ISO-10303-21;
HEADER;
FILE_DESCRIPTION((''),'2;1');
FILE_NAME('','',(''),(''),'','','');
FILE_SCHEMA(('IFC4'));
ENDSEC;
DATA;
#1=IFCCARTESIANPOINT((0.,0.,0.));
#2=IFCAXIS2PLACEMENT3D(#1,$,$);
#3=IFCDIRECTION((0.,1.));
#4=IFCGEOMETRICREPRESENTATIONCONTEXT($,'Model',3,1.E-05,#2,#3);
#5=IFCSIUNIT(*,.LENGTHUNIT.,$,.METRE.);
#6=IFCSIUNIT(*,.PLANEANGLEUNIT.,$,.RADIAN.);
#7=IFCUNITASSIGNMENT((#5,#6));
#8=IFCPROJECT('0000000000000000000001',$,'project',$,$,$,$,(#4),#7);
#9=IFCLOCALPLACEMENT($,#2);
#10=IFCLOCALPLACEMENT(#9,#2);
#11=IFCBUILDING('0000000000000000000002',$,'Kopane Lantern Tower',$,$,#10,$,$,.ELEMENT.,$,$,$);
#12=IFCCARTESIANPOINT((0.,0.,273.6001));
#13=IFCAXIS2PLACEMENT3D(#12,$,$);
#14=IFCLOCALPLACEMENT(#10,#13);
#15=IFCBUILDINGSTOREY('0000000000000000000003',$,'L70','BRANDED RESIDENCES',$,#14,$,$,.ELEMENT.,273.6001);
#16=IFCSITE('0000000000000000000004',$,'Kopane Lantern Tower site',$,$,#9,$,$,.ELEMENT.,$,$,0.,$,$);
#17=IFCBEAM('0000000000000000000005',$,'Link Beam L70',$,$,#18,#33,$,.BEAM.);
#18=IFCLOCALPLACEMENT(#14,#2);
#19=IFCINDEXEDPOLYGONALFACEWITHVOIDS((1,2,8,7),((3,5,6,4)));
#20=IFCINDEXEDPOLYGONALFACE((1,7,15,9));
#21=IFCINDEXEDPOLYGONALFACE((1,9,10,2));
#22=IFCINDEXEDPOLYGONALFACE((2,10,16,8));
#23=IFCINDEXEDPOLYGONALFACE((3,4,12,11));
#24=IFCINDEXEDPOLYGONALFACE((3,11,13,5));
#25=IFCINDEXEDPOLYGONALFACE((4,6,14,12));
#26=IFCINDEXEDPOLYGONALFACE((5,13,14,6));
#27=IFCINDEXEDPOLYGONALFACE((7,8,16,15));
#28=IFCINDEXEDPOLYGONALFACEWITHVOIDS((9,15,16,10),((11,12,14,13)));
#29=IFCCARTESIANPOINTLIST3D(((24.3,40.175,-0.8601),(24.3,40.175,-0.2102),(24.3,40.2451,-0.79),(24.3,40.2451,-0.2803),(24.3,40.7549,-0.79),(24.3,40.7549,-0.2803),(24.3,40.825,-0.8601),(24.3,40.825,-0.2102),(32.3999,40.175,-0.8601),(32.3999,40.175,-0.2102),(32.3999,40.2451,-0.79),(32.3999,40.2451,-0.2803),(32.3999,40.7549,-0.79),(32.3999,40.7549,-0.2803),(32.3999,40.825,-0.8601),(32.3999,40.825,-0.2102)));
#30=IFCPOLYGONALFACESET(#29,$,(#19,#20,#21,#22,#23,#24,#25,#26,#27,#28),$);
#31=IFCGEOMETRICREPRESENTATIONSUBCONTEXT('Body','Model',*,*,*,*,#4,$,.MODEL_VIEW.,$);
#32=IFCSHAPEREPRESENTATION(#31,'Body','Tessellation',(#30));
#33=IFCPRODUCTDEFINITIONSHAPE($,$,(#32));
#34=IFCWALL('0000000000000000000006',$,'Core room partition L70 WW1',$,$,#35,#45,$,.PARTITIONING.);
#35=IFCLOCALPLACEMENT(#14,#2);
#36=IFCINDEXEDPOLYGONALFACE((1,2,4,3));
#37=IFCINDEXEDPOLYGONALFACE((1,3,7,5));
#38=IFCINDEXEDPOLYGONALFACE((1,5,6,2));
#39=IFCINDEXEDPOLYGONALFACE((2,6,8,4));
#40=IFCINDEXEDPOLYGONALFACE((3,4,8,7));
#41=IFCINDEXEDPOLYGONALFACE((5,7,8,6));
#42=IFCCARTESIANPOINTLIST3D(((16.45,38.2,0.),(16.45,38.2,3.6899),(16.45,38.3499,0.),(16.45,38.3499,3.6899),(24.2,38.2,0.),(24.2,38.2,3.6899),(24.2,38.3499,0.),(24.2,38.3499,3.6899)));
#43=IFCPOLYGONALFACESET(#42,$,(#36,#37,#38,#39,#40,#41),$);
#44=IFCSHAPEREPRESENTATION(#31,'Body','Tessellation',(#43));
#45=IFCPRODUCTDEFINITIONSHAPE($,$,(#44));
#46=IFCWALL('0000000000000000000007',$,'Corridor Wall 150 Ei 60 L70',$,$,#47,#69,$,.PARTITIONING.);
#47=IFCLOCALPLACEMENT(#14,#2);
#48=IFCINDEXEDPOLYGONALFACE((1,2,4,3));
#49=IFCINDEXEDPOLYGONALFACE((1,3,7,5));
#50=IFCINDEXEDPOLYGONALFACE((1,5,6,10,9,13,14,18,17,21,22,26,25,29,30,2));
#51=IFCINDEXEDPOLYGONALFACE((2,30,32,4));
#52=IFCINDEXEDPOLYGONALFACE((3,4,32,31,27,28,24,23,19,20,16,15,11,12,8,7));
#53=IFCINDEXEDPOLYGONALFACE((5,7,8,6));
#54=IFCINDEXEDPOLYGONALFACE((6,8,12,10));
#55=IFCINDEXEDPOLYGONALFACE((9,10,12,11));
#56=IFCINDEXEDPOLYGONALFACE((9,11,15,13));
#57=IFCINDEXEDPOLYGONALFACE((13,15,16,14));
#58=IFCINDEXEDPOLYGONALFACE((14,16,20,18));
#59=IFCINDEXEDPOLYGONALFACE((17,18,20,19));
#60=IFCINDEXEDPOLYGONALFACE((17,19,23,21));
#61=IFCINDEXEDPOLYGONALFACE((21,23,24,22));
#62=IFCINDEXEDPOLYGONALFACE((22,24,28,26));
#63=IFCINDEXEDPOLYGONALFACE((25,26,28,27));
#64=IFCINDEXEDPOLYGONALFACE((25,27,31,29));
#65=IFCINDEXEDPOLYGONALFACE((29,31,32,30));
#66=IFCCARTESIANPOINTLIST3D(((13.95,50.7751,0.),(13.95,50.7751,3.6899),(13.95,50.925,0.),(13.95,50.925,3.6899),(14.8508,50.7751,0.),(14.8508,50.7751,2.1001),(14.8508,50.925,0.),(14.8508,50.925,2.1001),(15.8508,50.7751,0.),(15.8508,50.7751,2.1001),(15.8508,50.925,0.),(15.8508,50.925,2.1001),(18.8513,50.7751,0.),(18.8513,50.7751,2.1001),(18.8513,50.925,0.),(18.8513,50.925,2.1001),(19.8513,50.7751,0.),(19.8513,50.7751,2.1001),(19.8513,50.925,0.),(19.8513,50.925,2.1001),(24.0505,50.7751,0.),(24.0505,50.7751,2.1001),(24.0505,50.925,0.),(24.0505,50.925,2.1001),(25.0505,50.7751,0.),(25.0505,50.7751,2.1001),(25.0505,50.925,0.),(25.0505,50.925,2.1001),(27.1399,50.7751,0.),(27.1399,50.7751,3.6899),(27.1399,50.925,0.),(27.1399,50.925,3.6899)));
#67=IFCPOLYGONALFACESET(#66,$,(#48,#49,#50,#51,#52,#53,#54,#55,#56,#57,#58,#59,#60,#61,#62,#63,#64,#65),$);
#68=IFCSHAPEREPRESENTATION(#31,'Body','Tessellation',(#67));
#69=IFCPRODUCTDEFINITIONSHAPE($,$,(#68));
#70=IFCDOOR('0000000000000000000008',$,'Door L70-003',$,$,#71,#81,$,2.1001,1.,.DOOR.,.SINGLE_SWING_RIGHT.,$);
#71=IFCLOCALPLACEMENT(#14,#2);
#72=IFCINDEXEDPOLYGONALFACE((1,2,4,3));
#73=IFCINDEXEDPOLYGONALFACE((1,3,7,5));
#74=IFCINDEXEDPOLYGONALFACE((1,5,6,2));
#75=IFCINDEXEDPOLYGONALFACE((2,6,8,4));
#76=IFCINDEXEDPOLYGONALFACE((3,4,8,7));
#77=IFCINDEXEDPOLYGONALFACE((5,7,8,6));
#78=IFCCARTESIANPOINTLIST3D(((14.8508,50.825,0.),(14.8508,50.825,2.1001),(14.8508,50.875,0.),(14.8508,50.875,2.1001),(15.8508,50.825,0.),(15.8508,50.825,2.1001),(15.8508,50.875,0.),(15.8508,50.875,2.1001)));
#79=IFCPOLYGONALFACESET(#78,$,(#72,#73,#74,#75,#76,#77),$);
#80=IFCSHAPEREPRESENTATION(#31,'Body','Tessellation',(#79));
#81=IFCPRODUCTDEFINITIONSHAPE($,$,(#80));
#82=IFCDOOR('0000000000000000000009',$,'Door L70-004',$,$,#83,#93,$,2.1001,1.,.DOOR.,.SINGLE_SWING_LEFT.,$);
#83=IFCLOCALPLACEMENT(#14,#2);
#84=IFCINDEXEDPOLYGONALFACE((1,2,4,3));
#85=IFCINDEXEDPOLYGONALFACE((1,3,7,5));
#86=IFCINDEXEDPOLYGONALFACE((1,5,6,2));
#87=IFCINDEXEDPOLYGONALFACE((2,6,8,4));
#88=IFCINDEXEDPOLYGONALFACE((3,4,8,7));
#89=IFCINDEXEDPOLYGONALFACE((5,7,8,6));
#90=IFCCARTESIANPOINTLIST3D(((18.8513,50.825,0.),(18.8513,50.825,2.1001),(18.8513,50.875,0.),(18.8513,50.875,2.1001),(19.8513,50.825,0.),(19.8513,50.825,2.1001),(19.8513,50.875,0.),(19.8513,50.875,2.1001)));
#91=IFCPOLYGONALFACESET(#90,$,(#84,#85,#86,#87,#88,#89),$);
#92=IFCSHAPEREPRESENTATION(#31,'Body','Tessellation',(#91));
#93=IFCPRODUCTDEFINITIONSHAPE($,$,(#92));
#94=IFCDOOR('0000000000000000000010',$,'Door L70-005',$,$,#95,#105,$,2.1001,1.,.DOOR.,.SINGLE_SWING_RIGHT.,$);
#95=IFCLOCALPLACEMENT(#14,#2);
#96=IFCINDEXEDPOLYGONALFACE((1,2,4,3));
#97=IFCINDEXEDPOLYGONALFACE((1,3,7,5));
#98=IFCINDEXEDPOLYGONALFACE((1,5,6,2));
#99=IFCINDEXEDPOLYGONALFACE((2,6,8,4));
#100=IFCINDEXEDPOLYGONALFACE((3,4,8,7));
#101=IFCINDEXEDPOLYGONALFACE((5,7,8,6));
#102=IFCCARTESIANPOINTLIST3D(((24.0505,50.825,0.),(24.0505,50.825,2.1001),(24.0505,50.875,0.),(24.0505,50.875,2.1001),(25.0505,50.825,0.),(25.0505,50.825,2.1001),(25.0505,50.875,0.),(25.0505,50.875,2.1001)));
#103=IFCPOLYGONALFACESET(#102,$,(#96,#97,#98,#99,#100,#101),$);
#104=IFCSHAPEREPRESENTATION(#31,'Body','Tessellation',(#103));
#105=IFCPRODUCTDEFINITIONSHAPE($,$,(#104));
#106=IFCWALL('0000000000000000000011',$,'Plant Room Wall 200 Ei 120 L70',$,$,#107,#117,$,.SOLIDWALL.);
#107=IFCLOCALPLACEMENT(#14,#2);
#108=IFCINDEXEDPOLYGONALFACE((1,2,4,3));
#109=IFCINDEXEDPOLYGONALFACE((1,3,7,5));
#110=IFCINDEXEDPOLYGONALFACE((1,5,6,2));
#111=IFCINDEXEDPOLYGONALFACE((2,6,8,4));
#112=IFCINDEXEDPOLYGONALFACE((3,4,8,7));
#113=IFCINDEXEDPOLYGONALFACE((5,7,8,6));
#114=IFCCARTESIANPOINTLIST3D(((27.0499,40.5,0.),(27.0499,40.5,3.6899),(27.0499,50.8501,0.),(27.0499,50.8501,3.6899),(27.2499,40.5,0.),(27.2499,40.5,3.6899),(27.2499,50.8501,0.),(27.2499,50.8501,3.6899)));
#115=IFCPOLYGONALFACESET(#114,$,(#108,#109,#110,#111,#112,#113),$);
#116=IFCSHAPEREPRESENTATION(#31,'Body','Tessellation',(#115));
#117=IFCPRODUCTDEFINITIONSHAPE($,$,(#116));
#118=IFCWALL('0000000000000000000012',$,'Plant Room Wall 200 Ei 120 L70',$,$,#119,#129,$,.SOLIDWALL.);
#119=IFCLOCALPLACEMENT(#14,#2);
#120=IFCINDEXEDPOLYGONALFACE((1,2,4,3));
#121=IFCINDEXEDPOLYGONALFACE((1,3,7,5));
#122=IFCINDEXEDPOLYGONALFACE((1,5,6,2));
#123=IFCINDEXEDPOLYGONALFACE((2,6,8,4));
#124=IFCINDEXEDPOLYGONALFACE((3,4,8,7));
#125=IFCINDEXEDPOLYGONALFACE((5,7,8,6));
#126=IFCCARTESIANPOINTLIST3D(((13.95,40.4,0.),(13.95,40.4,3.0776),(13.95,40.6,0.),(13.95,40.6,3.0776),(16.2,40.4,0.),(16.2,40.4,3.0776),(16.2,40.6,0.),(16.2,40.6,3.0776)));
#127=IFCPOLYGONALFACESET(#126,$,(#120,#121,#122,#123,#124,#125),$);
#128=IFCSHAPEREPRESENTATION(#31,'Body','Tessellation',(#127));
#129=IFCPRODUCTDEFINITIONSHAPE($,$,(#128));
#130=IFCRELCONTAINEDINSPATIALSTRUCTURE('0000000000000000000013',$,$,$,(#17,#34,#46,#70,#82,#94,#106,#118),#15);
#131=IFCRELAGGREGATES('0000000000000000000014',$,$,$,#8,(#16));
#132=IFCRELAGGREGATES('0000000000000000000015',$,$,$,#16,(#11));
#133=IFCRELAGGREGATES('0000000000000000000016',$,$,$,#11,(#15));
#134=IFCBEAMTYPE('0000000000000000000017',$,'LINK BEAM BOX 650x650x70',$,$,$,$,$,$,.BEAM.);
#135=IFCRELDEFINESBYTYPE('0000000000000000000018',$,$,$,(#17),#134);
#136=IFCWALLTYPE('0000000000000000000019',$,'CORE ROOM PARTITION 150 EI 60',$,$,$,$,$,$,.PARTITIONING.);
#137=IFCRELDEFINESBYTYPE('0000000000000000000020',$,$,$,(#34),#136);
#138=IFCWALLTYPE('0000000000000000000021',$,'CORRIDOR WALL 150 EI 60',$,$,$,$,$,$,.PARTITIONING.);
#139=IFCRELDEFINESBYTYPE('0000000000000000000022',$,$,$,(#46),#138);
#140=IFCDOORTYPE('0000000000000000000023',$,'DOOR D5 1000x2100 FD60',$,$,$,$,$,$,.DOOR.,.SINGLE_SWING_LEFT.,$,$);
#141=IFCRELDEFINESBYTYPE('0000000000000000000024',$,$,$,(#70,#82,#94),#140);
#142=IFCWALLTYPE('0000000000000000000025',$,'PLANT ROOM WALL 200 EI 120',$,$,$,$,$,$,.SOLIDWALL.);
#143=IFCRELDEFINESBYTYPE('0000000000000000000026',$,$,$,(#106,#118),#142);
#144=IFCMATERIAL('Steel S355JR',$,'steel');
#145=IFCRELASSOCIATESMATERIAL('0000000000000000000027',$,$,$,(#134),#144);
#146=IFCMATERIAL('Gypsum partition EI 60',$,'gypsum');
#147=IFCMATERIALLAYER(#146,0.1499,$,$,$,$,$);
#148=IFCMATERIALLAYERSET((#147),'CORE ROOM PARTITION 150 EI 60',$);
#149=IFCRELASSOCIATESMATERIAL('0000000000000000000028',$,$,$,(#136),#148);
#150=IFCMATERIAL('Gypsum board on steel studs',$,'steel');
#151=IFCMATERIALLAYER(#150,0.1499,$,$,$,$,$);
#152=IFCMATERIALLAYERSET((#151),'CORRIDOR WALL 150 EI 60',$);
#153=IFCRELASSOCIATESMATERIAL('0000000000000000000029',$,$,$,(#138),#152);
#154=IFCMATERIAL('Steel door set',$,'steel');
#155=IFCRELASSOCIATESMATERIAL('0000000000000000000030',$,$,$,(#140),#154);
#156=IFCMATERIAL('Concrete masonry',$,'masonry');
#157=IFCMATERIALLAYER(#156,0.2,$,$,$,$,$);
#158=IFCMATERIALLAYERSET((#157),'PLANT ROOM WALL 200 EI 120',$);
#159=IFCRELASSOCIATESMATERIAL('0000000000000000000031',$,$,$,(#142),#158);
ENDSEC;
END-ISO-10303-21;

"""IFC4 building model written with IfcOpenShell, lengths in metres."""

from ifc_helpers import new_model, si_unit, direction, frame, frame_2d, origin, origin_2d, place, context, subcontext, project, spatial, rectangle, hollow_rectangle, extrude, material, layer, layer_set, material_profile, profile_set, type_object, element, fill, save


model = new_model("IFC4")

# Units and contexts
model_context = context("Model", 3, precision=1e-05, world=origin(), true_north=direction((0.0, 1.0)))
body_context = subcontext(model_context, "Body", "Model", "MODEL_VIEW")
ifc_project = project(units=[si_unit("LENGTHUNIT", "METRE"), si_unit("PLANEANGLEUNIT", "RADIAN")], contexts=[model_context])

# Site, building, storey
site_placement = place(None, origin())
site = spatial("IfcSite", under=ifc_project, at=site_placement, Name="Kopane Lantern Tower site", CompositionType="ELEMENT", RefElevation=0.0)
building_placement = place(site_placement, origin())
building = spatial("IfcBuilding", under=site, at=building_placement, Name="Kopane Lantern Tower", CompositionType="ELEMENT")
storey_placement = place(building_placement, frame((0.0, 0.0, 273.6001)))
storey = spatial("IfcBuildingStorey", under=building, at=storey_placement, Name="L70", Description="BRANDED RESIDENCES", CompositionType="ELEMENT", Elevation=273.6001)

# Beam
ifc_material_1 = material(Name="Steel S355JR", Category="steel")
ifc_material_profile_1 = material_profile(ifc_material_1, hollow_rectangle(XDim=0.6499, YDim=0.6499, WallThickness=0.0701, at=origin_2d()), Name="BOX 650x650x70")
ifc_profile_set_1 = profile_set([ifc_material_profile_1], Name="Steel S355JR")
beam_type_1 = type_object("IfcBeamType", Name="LINK BEAM BOX 650x650x70", PredefinedType="BEAM", material=ifc_profile_set_1)
beam_1_placement = place(storey_placement, frame((24.3, 40.5, -0.5352), z_axis=(1.0, 0.0, 0.0), x_axis=(0.0, 1.0, 0.0)))
element("IfcBeam", 1, at=beam_1_placement, inside=storey, type_object=beam_type_1, Name="Link Beam L70", PredefinedType="BEAM", context=body_context, shape_type="SweptSolid", body=[
    extrude(hollow_rectangle(XDim=0.6499, YDim=0.6499, WallThickness=0.0701, at=origin_2d()), origin(), (0.0, 0.0, 1.0), 8.0999),
])

# Wall
ifc_material_2 = material(Name="Gypsum partition EI 60", Category="gypsum")
ifc_layer_1 = layer(ifc_material_2, 0.1499)
ifc_layer_set_1 = layer_set([ifc_layer_1], Name="CORE ROOM PARTITION 150 EI 60")
wall_type_1 = type_object("IfcWallType", Name="CORE ROOM PARTITION 150 EI 60", PredefinedType="PARTITIONING", material=ifc_layer_set_1)
wall_1_placement = place(storey_placement, frame((16.45, 38.2749, 0.0), z_axis=(0.0, 0.0, 1.0), x_axis=(1.0, 0.0, 0.0)))
element("IfcWall", 2, at=wall_1_placement, inside=storey, type_object=wall_type_1, Name="Core room partition L70 WW1", PredefinedType="PARTITIONING", context=body_context, shape_type="SweptSolid", body=[
    extrude(rectangle(XDim=7.75, YDim=0.1499, at=frame_2d((3.875, 0.0))), origin(), (0.0, 0.0, 1.0), 3.6899),
])

# Wall, openings, doors
ifc_material_3 = material(Name="Gypsum board on steel studs", Category="steel")
ifc_layer_2 = layer(ifc_material_3, 0.1499)
ifc_layer_set_2 = layer_set([ifc_layer_2], Name="CORRIDOR WALL 150 EI 60")
wall_type_2 = type_object("IfcWallType", Name="CORRIDOR WALL 150 EI 60", PredefinedType="PARTITIONING", material=ifc_layer_set_2)
wall_2_placement = place(storey_placement, frame((13.95, 50.8501, 0.0), z_axis=(0.0, 0.0, 1.0), x_axis=(1.0, 0.0, 0.0)))
wall_2 = element("IfcWall", 3, at=wall_2_placement, inside=storey, type_object=wall_type_2, Name="Corridor Wall 150 Ei 60 L70", PredefinedType="PARTITIONING", context=body_context, shape_type="SweptSolid", body=[
    extrude(rectangle(XDim=13.1899, YDim=0.1499, at=frame_2d((6.595, 0.0))), origin(), (0.0, 0.0, 1.0), 3.6899),
])
opening_1_placement = place(wall_2_placement, frame((0.9009, 0.0, 0.0)))
opening_1 = element("IfcOpeningElement", 4, at=opening_1_placement, cuts=wall_2, PredefinedType="OPENING", context=body_context, shape_type="SweptSolid", body=[
    extrude(rectangle(XDim=1.0, YDim=2.1001, at=frame_2d((0.5, 1.05))), frame((0.0, 0.085, 0.0), z_axis=(0.0, -1.0, 0.0), x_axis=(1.0, 0.0, 0.0)), (0.0, 0.0, 1.0), 0.1699),
])
opening_2_placement = place(wall_2_placement, frame((4.9014, 0.0, 0.0)))
opening_2 = element("IfcOpeningElement", 5, at=opening_2_placement, cuts=wall_2, PredefinedType="OPENING", context=body_context, shape_type="SweptSolid", body=[
    extrude(rectangle(XDim=1.0, YDim=2.1001, at=frame_2d((0.5, 1.05))), frame((0.0, 0.085, 0.0), z_axis=(0.0, -1.0, 0.0), x_axis=(1.0, 0.0, 0.0)), (0.0, 0.0, 1.0), 0.1699),
])
opening_3_placement = place(wall_2_placement, frame((10.1006, 0.0, 0.0)))
opening_3 = element("IfcOpeningElement", 6, at=opening_3_placement, cuts=wall_2, PredefinedType="OPENING", context=body_context, shape_type="SweptSolid", body=[
    extrude(rectangle(XDim=1.0, YDim=2.1001, at=frame_2d((0.5, 1.05))), frame((0.0, 0.085, 0.0), z_axis=(0.0, -1.0, 0.0), x_axis=(1.0, 0.0, 0.0)), (0.0, 0.0, 1.0), 0.1699),
])
ifc_material_4 = material(Name="Steel door set", Category="steel")
door_type_1 = type_object("IfcDoorType", Name="DOOR D5 1000x2100 FD60", OperationType="SINGLE_SWING_LEFT", PredefinedType="DOOR", material=ifc_material_4)
door_1_placement = place(opening_1_placement, origin())
door_1 = element("IfcDoor", 7, at=door_1_placement, inside=storey, type_object=door_type_1, Name="Door L70-003", OperationType="SINGLE_SWING_RIGHT", OverallHeight=2.1001, OverallWidth=1.0, PredefinedType="DOOR", context=body_context, shape_type="SweptSolid", body=[
    extrude(rectangle(XDim=1.0, YDim=2.1001, at=frame_2d((0.5, 1.05))), frame((0.0, 0.0249, 0.0), z_axis=(0.0, -1.0, 0.0), x_axis=(1.0, 0.0, 0.0)), (0.0, 0.0, 1.0), 0.05),
])
fill(opening_1, door_1)
door_2_placement = place(opening_2_placement, origin())
door_2 = element("IfcDoor", 8, at=door_2_placement, inside=storey, type_object=door_type_1, Name="Door L70-004", OperationType="SINGLE_SWING_LEFT", OverallHeight=2.1001, OverallWidth=1.0, PredefinedType="DOOR", context=body_context, shape_type="SweptSolid", body=[
    extrude(rectangle(XDim=1.0, YDim=2.1001, at=frame_2d((0.5, 1.05))), frame((0.0, 0.0249, 0.0), z_axis=(0.0, -1.0, 0.0), x_axis=(1.0, 0.0, 0.0)), (0.0, 0.0, 1.0), 0.05),
])
fill(opening_2, door_2)
door_3_placement = place(opening_3_placement, origin())
door_3 = element("IfcDoor", 9, at=door_3_placement, inside=storey, type_object=door_type_1, Name="Door L70-005", OperationType="SINGLE_SWING_RIGHT", OverallHeight=2.1001, OverallWidth=1.0, PredefinedType="DOOR", context=body_context, shape_type="SweptSolid", body=[
    extrude(rectangle(XDim=1.0, YDim=2.1001, at=frame_2d((0.5, 1.05))), frame((0.0, 0.0249, 0.0), z_axis=(0.0, -1.0, 0.0), x_axis=(1.0, 0.0, 0.0)), (0.0, 0.0, 1.0), 0.05),
])
fill(opening_3, door_3)

# Walls
ifc_material_5 = material(Name="Concrete masonry", Category="masonry")
ifc_layer_3 = layer(ifc_material_5, 0.2)
ifc_layer_set_3 = layer_set([ifc_layer_3], Name="PLANT ROOM WALL 200 EI 120")
wall_type_3 = type_object("IfcWallType", Name="PLANT ROOM WALL 200 EI 120", PredefinedType="SOLIDWALL", material=ifc_layer_set_3)
wall_3_placement = place(storey_placement, frame((27.1499, 40.5, 0.0), z_axis=(0.0, 0.0, 1.0), x_axis=(0.0, 1.0, 0.0)))
element("IfcWall", 10, at=wall_3_placement, inside=storey, type_object=wall_type_3, Name="Plant Room Wall 200 Ei 120 L70", PredefinedType="SOLIDWALL", context=body_context, shape_type="SweptSolid", body=[
    extrude(rectangle(XDim=10.3501, YDim=0.2, at=frame_2d((5.175, 0.0))), origin(), (0.0, 0.0, 1.0), 3.6899),
])
wall_4_placement = place(storey_placement, frame((13.95, 40.5, 0.0), z_axis=(0.0, 0.0, 1.0), x_axis=(1.0, 0.0, 0.0)))
element("IfcWall", 11, at=wall_4_placement, inside=storey, type_object=wall_type_3, Name="Plant Room Wall 200 Ei 120 L70", PredefinedType="SOLIDWALL", context=body_context, shape_type="SweptSolid", body=[
    extrude(rectangle(XDim=2.25, YDim=0.2, at=frame_2d((1.125, 0.0))), origin(), (0.0, 0.0, 1.0), 3.0776),
])

save(model, "model.ifc")
